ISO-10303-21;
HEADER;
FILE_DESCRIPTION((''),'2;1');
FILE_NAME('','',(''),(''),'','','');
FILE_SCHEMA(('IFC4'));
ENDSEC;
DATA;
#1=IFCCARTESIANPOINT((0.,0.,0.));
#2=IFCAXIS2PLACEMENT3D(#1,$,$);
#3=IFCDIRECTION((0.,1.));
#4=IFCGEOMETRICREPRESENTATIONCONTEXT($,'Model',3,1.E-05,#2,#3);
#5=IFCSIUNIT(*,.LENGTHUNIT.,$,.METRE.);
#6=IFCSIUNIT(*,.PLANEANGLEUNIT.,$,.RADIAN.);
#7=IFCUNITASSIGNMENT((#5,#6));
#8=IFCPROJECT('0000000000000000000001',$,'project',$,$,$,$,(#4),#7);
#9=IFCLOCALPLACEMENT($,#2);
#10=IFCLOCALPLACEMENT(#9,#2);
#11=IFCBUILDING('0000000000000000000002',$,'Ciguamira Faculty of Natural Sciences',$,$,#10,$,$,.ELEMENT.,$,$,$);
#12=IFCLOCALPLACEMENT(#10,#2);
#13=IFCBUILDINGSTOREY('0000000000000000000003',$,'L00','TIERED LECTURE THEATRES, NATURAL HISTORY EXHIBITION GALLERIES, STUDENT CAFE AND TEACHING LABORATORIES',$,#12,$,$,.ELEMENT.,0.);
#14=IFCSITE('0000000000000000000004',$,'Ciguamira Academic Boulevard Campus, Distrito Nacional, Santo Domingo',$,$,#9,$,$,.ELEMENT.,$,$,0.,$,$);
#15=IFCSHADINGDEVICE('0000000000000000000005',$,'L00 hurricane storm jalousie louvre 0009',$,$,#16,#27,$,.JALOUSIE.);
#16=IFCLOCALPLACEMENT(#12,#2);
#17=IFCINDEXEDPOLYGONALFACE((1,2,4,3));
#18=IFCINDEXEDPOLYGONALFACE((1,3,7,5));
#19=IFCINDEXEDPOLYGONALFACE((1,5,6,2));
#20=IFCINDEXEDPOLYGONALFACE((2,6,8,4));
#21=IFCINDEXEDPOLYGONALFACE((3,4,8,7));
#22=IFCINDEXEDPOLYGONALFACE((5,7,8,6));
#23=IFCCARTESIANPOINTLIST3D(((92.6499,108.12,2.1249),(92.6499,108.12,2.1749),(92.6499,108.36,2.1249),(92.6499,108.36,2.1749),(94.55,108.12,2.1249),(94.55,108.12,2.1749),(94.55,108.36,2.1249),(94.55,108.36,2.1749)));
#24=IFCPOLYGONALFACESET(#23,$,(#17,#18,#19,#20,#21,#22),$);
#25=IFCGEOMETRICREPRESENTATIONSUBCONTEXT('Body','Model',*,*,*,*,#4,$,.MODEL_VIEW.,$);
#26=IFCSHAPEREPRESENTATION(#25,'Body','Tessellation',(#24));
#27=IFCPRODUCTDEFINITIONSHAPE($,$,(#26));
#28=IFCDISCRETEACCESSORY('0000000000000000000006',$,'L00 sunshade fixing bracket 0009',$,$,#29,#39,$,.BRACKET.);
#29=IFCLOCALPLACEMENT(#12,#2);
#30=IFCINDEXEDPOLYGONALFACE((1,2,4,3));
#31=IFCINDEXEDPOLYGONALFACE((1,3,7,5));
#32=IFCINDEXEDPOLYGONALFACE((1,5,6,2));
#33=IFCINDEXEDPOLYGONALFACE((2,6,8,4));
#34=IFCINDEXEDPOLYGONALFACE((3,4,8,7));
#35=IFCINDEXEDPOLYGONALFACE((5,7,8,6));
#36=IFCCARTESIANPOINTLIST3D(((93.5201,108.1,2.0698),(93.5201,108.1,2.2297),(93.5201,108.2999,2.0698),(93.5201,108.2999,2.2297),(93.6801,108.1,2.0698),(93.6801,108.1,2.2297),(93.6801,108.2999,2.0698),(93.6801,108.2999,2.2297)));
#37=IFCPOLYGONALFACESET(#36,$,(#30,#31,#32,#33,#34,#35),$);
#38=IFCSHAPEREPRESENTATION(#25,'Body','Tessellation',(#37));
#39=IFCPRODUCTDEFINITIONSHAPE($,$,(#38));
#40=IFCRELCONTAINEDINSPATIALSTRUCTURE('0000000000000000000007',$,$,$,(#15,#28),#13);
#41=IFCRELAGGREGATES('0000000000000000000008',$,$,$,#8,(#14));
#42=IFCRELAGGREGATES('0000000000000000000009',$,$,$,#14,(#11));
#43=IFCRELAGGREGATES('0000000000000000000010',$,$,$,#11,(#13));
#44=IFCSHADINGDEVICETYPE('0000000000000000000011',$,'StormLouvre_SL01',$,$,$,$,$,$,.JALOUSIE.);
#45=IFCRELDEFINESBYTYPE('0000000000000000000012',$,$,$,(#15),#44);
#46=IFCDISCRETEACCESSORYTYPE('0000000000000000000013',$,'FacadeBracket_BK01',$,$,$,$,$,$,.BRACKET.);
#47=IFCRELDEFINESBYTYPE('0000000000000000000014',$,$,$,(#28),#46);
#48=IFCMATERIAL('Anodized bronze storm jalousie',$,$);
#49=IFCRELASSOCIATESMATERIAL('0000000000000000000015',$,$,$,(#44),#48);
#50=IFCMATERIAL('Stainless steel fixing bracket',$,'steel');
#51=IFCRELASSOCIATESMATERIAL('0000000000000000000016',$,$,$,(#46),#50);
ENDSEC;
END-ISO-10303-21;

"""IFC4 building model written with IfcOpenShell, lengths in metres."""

from ifc_helpers import new_model, si_unit, direction, frame, origin, origin_2d, place, context, subcontext, project, spatial, rectangle, extrude, material, material_profile, profile_set, type_object, element, save


model = new_model("IFC4")

# Units and contexts
model_context = context("Model", 3, precision=1e-05, world=origin(), true_north=direction((0.0, 1.0)))
body_context = subcontext(model_context, "Body", "Model", "MODEL_VIEW")
ifc_project = project(units=[si_unit("LENGTHUNIT", "METRE"), si_unit("PLANEANGLEUNIT", "RADIAN")], contexts=[model_context])

# Site, building, storey
site_placement = place(None, origin())
site = spatial("IfcSite", under=ifc_project, at=site_placement, Name="Ciguamira Academic Boulevard Campus, Distrito Nacional, Santo Domingo", CompositionType="ELEMENT", RefElevation=0.0)
building_placement = place(site_placement, origin())
building = spatial("IfcBuilding", under=site, at=building_placement, Name="Ciguamira Faculty of Natural Sciences", CompositionType="ELEMENT")
storey_placement = place(building_placement, origin())
storey = spatial("IfcBuildingStorey", under=building, at=storey_placement, Name="L00", Description="TIERED LECTURE THEATRES, NATURAL HISTORY EXHIBITION GALLERIES, STUDENT CAFE AND TEACHING LABORATORIES", CompositionType="ELEMENT", Elevation=0.0)

# Shading device
ifc_material_1 = material(Name="Anodized bronze storm jalousie")
ifc_material_profile_1 = material_profile(ifc_material_1, rectangle(XDim=0.24, YDim=0.05, at=origin_2d()), Name="BRZ-LVR-50X240")
ifc_profile_set_1 = profile_set([ifc_material_profile_1], Name="Anodized bronze storm jalousie")
shading_device_type = type_object("IfcShadingDeviceType", Name="StormLouvre_SL01", PredefinedType="JALOUSIE", material=ifc_profile_set_1)
shading_device_placement = place(storey_placement, frame((92.6499, 108.24, 2.1499), z_axis=(1.0, 0.0, 0.0), x_axis=(0.0, 1.0, 0.0)))
element("IfcShadingDevice", 1, at=shading_device_placement, inside=storey, type_object=shading_device_type, Name="L00 hurricane storm jalousie louvre 0009", PredefinedType="JALOUSIE", context=body_context, shape_type="SweptSolid", body=[
    extrude(rectangle(XDim=0.24, YDim=0.05, at=origin_2d()), origin(), (0.0, 0.0, 1.0), 1.9001),
])

# Discrete accessory
ifc_material_2 = material(Name="Stainless steel fixing bracket", Category="steel")
discrete_accessory_type = type_object("IfcDiscreteAccessoryType", Name="FacadeBracket_BK01", PredefinedType="BRACKET", material=ifc_material_2)
discrete_accessory_placement = place(storey_placement, frame((93.6001, 108.2, 2.0698), z_axis=(0.0, 0.0, 1.0), x_axis=(1.0, 0.0, 0.0)))
element("IfcDiscreteAccessory", 2, at=discrete_accessory_placement, inside=storey, type_object=discrete_accessory_type, Name="L00 sunshade fixing bracket 0009", PredefinedType="BRACKET", context=body_context, shape_type="SweptSolid", body=[
    extrude(rectangle(XDim=0.1599, YDim=0.2, at=origin_2d()), origin(), (0.0, 0.0, 1.0), 0.1599),
])

save(model, "model.ifc")
